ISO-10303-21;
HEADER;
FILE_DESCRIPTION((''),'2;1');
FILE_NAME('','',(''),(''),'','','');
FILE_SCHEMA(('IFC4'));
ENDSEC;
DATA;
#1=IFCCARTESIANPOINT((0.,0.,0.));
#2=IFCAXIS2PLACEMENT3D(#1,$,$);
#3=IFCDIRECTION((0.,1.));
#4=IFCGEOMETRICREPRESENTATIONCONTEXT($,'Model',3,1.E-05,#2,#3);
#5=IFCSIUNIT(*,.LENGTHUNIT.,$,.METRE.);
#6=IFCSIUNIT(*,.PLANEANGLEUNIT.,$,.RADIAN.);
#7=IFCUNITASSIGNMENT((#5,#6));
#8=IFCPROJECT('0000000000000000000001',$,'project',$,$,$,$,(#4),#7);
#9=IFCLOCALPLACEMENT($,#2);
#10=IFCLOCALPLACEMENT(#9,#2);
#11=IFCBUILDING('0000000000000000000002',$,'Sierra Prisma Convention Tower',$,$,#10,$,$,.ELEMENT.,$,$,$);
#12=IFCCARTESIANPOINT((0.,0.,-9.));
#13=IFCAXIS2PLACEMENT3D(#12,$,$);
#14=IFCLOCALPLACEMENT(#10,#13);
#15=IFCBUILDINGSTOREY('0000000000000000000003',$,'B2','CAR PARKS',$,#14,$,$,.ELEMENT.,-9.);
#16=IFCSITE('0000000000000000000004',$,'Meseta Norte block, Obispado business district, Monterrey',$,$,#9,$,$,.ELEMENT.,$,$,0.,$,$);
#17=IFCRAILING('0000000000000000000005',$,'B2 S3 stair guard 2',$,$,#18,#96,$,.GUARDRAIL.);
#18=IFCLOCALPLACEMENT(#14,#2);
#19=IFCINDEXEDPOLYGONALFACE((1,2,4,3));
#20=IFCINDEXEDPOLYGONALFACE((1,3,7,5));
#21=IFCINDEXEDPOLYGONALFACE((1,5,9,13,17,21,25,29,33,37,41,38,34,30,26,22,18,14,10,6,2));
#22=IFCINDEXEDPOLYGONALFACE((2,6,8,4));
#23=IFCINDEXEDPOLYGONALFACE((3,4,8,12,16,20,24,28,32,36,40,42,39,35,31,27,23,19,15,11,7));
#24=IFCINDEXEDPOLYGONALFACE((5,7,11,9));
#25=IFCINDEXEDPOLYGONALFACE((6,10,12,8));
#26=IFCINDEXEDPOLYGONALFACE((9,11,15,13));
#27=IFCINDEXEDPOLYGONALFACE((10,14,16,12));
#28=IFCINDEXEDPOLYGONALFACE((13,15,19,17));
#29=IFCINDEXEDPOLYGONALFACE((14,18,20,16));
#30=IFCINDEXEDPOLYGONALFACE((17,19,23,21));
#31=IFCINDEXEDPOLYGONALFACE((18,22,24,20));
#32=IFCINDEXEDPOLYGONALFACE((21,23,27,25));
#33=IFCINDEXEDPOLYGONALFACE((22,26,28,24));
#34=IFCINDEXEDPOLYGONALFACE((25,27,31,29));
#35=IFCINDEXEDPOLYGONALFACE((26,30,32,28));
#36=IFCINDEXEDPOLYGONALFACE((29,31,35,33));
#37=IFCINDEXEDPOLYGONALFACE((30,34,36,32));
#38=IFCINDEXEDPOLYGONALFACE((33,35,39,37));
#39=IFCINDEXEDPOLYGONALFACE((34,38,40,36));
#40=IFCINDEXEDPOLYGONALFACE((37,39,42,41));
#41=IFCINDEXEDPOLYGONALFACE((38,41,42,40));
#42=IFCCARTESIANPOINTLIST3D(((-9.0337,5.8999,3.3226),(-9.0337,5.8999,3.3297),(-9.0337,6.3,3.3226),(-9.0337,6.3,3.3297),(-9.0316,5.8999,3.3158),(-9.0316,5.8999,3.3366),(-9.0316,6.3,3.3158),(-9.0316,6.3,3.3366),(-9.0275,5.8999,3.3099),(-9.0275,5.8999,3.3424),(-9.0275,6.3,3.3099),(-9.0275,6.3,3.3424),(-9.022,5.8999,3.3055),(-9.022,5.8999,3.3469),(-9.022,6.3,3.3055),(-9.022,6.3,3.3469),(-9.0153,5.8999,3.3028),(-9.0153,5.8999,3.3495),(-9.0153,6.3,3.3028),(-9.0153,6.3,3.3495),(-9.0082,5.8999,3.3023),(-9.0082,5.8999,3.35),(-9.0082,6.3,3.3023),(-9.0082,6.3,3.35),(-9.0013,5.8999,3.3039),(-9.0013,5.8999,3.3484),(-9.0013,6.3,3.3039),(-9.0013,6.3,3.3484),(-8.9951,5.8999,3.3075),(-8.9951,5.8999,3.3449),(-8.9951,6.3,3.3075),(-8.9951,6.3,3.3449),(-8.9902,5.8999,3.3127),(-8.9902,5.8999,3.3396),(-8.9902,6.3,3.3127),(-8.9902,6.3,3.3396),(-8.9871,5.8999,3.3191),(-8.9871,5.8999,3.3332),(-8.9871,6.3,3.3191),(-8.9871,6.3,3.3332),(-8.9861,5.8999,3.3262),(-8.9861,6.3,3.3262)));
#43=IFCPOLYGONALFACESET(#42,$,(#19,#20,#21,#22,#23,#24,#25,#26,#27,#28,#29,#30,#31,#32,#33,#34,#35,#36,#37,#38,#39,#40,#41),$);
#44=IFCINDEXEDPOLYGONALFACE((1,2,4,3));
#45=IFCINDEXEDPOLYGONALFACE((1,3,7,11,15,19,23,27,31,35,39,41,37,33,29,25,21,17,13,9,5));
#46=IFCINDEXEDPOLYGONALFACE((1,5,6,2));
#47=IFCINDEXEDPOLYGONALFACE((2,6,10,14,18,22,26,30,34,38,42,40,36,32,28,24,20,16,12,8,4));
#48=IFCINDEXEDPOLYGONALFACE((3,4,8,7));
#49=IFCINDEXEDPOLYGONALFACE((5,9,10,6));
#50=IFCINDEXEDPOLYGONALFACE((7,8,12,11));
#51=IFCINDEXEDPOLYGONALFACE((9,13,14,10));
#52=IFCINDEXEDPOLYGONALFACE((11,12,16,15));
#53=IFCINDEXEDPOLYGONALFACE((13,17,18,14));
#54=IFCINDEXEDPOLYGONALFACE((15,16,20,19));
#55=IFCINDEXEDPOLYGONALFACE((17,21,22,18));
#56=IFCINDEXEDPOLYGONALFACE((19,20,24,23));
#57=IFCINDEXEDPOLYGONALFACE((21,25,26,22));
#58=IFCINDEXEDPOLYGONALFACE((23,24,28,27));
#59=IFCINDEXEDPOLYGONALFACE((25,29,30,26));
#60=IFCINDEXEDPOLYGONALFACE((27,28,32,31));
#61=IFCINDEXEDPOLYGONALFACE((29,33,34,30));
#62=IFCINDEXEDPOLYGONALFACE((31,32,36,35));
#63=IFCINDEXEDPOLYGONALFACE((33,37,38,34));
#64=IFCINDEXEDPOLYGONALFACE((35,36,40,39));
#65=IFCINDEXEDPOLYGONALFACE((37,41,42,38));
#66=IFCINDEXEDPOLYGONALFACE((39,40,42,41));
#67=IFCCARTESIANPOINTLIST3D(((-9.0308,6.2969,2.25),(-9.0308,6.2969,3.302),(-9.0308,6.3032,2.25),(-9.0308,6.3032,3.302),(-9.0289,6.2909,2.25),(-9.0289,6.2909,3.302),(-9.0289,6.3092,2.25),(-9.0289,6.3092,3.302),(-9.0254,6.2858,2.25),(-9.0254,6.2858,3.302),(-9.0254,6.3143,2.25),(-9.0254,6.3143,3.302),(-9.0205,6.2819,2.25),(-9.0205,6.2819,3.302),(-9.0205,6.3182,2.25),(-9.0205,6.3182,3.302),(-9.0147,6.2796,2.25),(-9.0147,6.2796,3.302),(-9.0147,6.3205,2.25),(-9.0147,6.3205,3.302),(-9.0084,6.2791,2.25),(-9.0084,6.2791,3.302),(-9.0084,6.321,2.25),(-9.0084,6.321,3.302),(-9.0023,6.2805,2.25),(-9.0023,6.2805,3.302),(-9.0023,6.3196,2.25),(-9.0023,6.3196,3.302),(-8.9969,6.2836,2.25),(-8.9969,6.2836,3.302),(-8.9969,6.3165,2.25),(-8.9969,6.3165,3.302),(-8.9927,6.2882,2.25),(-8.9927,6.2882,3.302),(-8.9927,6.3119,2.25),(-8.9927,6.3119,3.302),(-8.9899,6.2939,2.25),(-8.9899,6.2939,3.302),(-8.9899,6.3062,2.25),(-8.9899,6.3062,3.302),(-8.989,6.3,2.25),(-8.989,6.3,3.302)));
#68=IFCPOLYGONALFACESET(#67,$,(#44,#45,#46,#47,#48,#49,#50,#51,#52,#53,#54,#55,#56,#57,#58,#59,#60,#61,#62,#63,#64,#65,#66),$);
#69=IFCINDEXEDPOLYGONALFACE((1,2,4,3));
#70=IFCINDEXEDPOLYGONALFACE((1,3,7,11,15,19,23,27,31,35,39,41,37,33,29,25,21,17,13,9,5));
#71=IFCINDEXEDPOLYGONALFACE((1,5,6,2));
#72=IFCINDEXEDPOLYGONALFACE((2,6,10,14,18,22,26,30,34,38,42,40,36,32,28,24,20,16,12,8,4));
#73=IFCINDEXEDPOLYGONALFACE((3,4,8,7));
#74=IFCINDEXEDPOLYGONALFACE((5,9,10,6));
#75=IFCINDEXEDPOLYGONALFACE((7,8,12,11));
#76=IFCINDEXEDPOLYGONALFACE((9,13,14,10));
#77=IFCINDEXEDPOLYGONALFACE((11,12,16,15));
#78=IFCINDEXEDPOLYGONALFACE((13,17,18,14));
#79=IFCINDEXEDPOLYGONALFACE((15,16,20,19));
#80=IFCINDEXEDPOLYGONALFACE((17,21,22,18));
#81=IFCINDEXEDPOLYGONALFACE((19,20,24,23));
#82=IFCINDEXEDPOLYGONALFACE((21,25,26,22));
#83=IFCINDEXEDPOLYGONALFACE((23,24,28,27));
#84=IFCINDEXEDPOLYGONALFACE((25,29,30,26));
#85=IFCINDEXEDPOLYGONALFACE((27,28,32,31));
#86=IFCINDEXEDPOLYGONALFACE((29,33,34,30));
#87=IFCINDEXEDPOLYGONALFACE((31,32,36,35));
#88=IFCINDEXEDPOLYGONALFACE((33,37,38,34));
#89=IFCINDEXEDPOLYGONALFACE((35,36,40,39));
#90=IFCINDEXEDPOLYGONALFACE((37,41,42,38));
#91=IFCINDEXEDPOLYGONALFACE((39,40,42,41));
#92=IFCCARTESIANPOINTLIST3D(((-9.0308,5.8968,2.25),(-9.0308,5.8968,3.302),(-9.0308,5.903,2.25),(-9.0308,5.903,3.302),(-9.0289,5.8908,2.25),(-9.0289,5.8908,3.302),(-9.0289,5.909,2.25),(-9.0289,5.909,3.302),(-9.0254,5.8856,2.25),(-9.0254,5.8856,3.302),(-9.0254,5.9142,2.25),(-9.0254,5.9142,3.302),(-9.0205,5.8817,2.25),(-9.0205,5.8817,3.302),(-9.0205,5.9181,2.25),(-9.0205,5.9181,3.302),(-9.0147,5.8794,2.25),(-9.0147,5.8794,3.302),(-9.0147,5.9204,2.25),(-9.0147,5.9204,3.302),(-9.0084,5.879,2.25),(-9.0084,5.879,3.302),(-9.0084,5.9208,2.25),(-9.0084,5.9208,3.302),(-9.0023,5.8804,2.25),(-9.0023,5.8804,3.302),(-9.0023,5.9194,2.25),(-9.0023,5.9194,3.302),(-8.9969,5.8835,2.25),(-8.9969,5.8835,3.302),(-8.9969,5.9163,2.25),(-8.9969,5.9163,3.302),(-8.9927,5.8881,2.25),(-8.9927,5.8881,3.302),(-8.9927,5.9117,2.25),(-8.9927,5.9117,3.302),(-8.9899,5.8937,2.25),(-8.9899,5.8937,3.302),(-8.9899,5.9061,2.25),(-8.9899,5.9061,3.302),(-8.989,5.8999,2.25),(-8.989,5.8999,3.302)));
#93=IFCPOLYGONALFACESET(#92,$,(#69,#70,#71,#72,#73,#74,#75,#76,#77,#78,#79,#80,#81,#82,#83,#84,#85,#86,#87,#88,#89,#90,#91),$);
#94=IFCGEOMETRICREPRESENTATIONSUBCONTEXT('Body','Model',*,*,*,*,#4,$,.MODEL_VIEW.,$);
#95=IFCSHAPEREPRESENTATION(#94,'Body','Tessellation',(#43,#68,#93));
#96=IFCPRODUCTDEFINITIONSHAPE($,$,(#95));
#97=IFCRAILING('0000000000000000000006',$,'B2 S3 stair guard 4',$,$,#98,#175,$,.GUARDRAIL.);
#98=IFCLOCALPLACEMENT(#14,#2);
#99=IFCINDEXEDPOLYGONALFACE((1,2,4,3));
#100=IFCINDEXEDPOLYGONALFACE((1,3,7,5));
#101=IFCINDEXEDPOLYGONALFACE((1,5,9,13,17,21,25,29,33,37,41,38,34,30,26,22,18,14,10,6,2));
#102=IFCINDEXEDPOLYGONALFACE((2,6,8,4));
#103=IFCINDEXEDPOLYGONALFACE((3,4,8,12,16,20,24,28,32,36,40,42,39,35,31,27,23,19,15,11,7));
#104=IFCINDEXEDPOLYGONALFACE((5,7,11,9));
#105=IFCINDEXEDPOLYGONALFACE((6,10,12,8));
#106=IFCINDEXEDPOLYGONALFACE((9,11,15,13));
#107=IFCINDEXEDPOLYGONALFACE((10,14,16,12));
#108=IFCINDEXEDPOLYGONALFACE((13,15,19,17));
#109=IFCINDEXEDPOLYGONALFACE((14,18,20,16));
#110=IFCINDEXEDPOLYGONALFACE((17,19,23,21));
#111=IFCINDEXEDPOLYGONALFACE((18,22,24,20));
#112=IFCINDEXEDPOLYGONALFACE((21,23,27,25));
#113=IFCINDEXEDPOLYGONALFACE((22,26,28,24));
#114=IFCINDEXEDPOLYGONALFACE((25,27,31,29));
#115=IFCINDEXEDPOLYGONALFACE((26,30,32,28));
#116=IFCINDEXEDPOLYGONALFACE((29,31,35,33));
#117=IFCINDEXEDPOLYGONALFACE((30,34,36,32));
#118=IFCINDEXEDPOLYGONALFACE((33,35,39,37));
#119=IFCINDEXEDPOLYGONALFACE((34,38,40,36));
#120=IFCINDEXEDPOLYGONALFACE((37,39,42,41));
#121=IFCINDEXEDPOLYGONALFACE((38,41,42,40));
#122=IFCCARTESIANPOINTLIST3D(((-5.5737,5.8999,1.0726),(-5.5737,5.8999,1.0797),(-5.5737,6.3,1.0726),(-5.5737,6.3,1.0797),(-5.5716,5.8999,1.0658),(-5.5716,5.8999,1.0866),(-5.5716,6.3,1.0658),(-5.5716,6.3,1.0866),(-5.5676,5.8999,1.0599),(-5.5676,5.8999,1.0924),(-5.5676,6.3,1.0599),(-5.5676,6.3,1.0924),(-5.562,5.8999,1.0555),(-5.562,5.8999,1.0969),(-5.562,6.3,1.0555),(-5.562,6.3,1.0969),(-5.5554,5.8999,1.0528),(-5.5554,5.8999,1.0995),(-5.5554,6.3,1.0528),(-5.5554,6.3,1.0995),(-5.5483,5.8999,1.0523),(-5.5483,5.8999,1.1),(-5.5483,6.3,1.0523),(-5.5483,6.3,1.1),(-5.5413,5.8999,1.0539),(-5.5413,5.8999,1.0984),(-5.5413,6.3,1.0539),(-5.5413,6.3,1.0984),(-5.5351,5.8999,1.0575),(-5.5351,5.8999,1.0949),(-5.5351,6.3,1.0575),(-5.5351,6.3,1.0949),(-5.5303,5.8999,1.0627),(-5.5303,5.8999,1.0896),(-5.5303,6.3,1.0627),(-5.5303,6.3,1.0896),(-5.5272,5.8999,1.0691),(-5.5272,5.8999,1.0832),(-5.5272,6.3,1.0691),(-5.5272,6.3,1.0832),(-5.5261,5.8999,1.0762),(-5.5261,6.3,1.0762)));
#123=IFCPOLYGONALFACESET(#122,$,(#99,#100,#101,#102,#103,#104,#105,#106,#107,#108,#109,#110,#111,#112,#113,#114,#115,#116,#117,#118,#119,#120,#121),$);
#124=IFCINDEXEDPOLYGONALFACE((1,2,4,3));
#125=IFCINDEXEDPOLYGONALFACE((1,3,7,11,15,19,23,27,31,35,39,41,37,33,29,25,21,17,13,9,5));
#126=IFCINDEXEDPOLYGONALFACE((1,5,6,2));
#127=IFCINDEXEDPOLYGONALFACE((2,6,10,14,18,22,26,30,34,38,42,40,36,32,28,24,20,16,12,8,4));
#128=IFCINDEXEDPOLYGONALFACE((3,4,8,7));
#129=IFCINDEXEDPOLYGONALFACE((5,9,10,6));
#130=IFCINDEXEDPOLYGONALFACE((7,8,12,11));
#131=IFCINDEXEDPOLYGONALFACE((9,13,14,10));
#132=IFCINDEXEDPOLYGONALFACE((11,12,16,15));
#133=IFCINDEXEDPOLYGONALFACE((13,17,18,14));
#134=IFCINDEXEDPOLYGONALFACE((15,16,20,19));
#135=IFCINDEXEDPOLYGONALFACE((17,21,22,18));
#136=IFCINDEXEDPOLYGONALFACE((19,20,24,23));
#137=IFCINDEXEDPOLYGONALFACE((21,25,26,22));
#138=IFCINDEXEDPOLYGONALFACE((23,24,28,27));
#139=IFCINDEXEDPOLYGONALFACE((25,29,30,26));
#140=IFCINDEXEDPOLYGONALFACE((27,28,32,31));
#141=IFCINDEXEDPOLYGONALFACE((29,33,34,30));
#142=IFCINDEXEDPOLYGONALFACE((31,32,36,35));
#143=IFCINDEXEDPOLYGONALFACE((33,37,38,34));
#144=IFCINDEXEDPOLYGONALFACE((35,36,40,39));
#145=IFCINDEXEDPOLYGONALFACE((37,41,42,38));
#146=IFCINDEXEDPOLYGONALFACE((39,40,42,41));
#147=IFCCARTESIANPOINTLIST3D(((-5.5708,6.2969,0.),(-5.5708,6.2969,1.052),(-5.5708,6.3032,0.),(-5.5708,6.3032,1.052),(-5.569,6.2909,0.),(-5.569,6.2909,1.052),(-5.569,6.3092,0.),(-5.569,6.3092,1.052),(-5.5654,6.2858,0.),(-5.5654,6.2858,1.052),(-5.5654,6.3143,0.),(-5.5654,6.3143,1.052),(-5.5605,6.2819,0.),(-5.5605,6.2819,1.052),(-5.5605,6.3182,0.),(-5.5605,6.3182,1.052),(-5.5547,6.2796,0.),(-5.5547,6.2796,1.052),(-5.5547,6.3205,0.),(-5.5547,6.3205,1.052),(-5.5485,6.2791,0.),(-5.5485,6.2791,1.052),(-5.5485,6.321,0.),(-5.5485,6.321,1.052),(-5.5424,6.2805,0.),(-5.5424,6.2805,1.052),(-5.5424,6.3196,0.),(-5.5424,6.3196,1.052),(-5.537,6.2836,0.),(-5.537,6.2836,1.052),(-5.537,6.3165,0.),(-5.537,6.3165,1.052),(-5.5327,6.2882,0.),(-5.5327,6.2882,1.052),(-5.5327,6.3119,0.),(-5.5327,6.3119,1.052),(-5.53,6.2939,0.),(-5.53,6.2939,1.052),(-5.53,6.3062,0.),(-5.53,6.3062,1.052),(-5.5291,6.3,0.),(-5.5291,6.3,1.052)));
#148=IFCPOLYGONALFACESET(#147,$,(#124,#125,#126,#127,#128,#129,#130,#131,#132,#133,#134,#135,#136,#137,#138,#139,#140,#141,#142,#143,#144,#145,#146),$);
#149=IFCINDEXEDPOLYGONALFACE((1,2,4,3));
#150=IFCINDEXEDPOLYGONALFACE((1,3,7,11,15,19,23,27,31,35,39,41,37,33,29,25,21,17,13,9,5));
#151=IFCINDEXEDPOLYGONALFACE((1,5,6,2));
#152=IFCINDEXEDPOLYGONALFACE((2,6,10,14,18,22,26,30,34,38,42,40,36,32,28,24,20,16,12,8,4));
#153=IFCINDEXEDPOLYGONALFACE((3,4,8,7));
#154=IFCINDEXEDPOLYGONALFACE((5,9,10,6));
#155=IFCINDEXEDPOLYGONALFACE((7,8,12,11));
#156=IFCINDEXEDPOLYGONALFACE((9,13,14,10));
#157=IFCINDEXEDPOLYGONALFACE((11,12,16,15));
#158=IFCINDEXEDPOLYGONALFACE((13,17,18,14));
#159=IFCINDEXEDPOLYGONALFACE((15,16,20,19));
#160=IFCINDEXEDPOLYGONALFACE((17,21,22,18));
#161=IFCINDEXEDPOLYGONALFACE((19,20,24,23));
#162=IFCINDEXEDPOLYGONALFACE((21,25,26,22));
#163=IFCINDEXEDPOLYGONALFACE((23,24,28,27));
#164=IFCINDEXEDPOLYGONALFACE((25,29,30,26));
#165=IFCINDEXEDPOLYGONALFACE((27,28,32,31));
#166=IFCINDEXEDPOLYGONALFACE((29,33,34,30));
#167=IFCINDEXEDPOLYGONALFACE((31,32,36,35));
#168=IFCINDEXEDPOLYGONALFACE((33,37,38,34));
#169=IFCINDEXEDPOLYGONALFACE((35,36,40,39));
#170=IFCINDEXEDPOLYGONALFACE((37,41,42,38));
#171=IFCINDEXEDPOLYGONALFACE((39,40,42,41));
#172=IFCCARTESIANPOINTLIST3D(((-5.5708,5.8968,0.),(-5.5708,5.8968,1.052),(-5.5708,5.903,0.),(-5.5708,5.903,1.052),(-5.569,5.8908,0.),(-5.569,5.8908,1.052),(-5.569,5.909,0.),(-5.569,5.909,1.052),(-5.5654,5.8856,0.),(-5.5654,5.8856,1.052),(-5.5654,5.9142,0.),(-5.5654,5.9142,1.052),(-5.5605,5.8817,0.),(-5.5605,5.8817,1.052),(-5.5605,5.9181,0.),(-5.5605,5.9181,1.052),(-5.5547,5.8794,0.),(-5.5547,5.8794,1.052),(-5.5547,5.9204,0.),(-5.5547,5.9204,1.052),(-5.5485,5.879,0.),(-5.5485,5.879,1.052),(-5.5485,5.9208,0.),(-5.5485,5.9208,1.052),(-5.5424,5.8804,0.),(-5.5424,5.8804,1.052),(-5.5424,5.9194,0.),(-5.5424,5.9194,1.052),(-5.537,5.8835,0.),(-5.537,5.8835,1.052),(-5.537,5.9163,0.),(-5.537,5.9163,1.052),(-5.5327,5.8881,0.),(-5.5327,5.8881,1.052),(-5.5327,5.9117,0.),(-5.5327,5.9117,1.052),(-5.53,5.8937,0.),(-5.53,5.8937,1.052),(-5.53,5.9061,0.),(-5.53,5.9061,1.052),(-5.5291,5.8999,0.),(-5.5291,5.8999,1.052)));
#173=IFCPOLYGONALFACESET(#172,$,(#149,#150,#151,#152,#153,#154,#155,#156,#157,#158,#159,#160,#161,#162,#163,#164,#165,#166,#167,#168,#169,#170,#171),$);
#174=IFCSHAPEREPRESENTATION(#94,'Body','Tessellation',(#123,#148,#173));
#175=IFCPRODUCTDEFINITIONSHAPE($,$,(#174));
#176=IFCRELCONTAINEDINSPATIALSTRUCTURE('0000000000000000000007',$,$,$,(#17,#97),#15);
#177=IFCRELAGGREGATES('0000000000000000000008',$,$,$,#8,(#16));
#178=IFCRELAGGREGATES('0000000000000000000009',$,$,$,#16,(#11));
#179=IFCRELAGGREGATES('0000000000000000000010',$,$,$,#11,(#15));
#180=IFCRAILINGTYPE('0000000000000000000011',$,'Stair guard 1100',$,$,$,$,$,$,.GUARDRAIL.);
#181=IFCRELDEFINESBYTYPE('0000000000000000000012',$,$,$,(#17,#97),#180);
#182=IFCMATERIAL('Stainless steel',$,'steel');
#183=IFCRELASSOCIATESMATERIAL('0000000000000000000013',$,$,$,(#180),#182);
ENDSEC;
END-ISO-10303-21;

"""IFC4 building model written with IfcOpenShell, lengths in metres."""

from ifc_helpers import new_model, si_unit, direction, frame, origin, origin_2d, place, context, subcontext, project, spatial, circle, extrude, material, type_object, element, save


model = new_model("IFC4")

# Units and contexts
model_context = context("Model", 3, precision=1e-05, world=origin(), true_north=direction((0.0, 1.0)))
body_context = subcontext(model_context, "Body", "Model", "MODEL_VIEW")
ifc_project = project(units=[si_unit("LENGTHUNIT", "METRE"), si_unit("PLANEANGLEUNIT", "RADIAN")], contexts=[model_context])

# Site, building, storey
site_placement = place(None, origin())
site = spatial("IfcSite", under=ifc_project, at=site_placement, Name="Meseta Norte block, Obispado business district, Monterrey", CompositionType="ELEMENT", RefElevation=0.0)
building_placement = place(site_placement, origin())
building = spatial("IfcBuilding", under=site, at=building_placement, Name="Sierra Prisma Convention Tower", CompositionType="ELEMENT")
storey_placement = place(building_placement, frame((0.0, 0.0, -9.0)))
storey = spatial("IfcBuildingStorey", under=building, at=storey_placement, Name="B2", Description="CAR PARKS", CompositionType="ELEMENT", Elevation=-9.0)

# Railings
ifc_material_1 = material(Name="Stainless steel", Category="steel")
railing_type_1 = type_object("IfcRailingType", Name="Stair guard 1100", PredefinedType="GUARDRAIL", material=ifc_material_1)
for number, where, name in (
    (1, (-9.01, 6.3, 2.25), "B2 S3 stair guard 2"),
    (2, (-5.55, 6.3, 0.0), "B2 S3 stair guard 4"),
):
    element("IfcRailing", number, at=place(storey_placement, frame(where)), inside=storey, type_object=railing_type_1, Name=name, PredefinedType="GUARDRAIL", context=body_context, shape_type="SweptSolid", body=[
        extrude(circle(Radius=0.0239, at=origin_2d()), frame((0.0, 0.0, 1.0762), z_axis=(0.0, -1.0, 0.0), x_axis=(1.0, 0.0, 0.0)), (0.0, 0.0, 1.0), 0.4001),
        extrude(circle(Radius=0.021, at=origin_2d()), origin(), (0.0, 0.0, 1.0), 1.052),
        extrude(circle(Radius=0.021, at=origin_2d()), frame((0.0, -0.4001, 0.0)), (0.0, 0.0, 1.0), 1.052),
    ])

save(model, "model.ifc")
